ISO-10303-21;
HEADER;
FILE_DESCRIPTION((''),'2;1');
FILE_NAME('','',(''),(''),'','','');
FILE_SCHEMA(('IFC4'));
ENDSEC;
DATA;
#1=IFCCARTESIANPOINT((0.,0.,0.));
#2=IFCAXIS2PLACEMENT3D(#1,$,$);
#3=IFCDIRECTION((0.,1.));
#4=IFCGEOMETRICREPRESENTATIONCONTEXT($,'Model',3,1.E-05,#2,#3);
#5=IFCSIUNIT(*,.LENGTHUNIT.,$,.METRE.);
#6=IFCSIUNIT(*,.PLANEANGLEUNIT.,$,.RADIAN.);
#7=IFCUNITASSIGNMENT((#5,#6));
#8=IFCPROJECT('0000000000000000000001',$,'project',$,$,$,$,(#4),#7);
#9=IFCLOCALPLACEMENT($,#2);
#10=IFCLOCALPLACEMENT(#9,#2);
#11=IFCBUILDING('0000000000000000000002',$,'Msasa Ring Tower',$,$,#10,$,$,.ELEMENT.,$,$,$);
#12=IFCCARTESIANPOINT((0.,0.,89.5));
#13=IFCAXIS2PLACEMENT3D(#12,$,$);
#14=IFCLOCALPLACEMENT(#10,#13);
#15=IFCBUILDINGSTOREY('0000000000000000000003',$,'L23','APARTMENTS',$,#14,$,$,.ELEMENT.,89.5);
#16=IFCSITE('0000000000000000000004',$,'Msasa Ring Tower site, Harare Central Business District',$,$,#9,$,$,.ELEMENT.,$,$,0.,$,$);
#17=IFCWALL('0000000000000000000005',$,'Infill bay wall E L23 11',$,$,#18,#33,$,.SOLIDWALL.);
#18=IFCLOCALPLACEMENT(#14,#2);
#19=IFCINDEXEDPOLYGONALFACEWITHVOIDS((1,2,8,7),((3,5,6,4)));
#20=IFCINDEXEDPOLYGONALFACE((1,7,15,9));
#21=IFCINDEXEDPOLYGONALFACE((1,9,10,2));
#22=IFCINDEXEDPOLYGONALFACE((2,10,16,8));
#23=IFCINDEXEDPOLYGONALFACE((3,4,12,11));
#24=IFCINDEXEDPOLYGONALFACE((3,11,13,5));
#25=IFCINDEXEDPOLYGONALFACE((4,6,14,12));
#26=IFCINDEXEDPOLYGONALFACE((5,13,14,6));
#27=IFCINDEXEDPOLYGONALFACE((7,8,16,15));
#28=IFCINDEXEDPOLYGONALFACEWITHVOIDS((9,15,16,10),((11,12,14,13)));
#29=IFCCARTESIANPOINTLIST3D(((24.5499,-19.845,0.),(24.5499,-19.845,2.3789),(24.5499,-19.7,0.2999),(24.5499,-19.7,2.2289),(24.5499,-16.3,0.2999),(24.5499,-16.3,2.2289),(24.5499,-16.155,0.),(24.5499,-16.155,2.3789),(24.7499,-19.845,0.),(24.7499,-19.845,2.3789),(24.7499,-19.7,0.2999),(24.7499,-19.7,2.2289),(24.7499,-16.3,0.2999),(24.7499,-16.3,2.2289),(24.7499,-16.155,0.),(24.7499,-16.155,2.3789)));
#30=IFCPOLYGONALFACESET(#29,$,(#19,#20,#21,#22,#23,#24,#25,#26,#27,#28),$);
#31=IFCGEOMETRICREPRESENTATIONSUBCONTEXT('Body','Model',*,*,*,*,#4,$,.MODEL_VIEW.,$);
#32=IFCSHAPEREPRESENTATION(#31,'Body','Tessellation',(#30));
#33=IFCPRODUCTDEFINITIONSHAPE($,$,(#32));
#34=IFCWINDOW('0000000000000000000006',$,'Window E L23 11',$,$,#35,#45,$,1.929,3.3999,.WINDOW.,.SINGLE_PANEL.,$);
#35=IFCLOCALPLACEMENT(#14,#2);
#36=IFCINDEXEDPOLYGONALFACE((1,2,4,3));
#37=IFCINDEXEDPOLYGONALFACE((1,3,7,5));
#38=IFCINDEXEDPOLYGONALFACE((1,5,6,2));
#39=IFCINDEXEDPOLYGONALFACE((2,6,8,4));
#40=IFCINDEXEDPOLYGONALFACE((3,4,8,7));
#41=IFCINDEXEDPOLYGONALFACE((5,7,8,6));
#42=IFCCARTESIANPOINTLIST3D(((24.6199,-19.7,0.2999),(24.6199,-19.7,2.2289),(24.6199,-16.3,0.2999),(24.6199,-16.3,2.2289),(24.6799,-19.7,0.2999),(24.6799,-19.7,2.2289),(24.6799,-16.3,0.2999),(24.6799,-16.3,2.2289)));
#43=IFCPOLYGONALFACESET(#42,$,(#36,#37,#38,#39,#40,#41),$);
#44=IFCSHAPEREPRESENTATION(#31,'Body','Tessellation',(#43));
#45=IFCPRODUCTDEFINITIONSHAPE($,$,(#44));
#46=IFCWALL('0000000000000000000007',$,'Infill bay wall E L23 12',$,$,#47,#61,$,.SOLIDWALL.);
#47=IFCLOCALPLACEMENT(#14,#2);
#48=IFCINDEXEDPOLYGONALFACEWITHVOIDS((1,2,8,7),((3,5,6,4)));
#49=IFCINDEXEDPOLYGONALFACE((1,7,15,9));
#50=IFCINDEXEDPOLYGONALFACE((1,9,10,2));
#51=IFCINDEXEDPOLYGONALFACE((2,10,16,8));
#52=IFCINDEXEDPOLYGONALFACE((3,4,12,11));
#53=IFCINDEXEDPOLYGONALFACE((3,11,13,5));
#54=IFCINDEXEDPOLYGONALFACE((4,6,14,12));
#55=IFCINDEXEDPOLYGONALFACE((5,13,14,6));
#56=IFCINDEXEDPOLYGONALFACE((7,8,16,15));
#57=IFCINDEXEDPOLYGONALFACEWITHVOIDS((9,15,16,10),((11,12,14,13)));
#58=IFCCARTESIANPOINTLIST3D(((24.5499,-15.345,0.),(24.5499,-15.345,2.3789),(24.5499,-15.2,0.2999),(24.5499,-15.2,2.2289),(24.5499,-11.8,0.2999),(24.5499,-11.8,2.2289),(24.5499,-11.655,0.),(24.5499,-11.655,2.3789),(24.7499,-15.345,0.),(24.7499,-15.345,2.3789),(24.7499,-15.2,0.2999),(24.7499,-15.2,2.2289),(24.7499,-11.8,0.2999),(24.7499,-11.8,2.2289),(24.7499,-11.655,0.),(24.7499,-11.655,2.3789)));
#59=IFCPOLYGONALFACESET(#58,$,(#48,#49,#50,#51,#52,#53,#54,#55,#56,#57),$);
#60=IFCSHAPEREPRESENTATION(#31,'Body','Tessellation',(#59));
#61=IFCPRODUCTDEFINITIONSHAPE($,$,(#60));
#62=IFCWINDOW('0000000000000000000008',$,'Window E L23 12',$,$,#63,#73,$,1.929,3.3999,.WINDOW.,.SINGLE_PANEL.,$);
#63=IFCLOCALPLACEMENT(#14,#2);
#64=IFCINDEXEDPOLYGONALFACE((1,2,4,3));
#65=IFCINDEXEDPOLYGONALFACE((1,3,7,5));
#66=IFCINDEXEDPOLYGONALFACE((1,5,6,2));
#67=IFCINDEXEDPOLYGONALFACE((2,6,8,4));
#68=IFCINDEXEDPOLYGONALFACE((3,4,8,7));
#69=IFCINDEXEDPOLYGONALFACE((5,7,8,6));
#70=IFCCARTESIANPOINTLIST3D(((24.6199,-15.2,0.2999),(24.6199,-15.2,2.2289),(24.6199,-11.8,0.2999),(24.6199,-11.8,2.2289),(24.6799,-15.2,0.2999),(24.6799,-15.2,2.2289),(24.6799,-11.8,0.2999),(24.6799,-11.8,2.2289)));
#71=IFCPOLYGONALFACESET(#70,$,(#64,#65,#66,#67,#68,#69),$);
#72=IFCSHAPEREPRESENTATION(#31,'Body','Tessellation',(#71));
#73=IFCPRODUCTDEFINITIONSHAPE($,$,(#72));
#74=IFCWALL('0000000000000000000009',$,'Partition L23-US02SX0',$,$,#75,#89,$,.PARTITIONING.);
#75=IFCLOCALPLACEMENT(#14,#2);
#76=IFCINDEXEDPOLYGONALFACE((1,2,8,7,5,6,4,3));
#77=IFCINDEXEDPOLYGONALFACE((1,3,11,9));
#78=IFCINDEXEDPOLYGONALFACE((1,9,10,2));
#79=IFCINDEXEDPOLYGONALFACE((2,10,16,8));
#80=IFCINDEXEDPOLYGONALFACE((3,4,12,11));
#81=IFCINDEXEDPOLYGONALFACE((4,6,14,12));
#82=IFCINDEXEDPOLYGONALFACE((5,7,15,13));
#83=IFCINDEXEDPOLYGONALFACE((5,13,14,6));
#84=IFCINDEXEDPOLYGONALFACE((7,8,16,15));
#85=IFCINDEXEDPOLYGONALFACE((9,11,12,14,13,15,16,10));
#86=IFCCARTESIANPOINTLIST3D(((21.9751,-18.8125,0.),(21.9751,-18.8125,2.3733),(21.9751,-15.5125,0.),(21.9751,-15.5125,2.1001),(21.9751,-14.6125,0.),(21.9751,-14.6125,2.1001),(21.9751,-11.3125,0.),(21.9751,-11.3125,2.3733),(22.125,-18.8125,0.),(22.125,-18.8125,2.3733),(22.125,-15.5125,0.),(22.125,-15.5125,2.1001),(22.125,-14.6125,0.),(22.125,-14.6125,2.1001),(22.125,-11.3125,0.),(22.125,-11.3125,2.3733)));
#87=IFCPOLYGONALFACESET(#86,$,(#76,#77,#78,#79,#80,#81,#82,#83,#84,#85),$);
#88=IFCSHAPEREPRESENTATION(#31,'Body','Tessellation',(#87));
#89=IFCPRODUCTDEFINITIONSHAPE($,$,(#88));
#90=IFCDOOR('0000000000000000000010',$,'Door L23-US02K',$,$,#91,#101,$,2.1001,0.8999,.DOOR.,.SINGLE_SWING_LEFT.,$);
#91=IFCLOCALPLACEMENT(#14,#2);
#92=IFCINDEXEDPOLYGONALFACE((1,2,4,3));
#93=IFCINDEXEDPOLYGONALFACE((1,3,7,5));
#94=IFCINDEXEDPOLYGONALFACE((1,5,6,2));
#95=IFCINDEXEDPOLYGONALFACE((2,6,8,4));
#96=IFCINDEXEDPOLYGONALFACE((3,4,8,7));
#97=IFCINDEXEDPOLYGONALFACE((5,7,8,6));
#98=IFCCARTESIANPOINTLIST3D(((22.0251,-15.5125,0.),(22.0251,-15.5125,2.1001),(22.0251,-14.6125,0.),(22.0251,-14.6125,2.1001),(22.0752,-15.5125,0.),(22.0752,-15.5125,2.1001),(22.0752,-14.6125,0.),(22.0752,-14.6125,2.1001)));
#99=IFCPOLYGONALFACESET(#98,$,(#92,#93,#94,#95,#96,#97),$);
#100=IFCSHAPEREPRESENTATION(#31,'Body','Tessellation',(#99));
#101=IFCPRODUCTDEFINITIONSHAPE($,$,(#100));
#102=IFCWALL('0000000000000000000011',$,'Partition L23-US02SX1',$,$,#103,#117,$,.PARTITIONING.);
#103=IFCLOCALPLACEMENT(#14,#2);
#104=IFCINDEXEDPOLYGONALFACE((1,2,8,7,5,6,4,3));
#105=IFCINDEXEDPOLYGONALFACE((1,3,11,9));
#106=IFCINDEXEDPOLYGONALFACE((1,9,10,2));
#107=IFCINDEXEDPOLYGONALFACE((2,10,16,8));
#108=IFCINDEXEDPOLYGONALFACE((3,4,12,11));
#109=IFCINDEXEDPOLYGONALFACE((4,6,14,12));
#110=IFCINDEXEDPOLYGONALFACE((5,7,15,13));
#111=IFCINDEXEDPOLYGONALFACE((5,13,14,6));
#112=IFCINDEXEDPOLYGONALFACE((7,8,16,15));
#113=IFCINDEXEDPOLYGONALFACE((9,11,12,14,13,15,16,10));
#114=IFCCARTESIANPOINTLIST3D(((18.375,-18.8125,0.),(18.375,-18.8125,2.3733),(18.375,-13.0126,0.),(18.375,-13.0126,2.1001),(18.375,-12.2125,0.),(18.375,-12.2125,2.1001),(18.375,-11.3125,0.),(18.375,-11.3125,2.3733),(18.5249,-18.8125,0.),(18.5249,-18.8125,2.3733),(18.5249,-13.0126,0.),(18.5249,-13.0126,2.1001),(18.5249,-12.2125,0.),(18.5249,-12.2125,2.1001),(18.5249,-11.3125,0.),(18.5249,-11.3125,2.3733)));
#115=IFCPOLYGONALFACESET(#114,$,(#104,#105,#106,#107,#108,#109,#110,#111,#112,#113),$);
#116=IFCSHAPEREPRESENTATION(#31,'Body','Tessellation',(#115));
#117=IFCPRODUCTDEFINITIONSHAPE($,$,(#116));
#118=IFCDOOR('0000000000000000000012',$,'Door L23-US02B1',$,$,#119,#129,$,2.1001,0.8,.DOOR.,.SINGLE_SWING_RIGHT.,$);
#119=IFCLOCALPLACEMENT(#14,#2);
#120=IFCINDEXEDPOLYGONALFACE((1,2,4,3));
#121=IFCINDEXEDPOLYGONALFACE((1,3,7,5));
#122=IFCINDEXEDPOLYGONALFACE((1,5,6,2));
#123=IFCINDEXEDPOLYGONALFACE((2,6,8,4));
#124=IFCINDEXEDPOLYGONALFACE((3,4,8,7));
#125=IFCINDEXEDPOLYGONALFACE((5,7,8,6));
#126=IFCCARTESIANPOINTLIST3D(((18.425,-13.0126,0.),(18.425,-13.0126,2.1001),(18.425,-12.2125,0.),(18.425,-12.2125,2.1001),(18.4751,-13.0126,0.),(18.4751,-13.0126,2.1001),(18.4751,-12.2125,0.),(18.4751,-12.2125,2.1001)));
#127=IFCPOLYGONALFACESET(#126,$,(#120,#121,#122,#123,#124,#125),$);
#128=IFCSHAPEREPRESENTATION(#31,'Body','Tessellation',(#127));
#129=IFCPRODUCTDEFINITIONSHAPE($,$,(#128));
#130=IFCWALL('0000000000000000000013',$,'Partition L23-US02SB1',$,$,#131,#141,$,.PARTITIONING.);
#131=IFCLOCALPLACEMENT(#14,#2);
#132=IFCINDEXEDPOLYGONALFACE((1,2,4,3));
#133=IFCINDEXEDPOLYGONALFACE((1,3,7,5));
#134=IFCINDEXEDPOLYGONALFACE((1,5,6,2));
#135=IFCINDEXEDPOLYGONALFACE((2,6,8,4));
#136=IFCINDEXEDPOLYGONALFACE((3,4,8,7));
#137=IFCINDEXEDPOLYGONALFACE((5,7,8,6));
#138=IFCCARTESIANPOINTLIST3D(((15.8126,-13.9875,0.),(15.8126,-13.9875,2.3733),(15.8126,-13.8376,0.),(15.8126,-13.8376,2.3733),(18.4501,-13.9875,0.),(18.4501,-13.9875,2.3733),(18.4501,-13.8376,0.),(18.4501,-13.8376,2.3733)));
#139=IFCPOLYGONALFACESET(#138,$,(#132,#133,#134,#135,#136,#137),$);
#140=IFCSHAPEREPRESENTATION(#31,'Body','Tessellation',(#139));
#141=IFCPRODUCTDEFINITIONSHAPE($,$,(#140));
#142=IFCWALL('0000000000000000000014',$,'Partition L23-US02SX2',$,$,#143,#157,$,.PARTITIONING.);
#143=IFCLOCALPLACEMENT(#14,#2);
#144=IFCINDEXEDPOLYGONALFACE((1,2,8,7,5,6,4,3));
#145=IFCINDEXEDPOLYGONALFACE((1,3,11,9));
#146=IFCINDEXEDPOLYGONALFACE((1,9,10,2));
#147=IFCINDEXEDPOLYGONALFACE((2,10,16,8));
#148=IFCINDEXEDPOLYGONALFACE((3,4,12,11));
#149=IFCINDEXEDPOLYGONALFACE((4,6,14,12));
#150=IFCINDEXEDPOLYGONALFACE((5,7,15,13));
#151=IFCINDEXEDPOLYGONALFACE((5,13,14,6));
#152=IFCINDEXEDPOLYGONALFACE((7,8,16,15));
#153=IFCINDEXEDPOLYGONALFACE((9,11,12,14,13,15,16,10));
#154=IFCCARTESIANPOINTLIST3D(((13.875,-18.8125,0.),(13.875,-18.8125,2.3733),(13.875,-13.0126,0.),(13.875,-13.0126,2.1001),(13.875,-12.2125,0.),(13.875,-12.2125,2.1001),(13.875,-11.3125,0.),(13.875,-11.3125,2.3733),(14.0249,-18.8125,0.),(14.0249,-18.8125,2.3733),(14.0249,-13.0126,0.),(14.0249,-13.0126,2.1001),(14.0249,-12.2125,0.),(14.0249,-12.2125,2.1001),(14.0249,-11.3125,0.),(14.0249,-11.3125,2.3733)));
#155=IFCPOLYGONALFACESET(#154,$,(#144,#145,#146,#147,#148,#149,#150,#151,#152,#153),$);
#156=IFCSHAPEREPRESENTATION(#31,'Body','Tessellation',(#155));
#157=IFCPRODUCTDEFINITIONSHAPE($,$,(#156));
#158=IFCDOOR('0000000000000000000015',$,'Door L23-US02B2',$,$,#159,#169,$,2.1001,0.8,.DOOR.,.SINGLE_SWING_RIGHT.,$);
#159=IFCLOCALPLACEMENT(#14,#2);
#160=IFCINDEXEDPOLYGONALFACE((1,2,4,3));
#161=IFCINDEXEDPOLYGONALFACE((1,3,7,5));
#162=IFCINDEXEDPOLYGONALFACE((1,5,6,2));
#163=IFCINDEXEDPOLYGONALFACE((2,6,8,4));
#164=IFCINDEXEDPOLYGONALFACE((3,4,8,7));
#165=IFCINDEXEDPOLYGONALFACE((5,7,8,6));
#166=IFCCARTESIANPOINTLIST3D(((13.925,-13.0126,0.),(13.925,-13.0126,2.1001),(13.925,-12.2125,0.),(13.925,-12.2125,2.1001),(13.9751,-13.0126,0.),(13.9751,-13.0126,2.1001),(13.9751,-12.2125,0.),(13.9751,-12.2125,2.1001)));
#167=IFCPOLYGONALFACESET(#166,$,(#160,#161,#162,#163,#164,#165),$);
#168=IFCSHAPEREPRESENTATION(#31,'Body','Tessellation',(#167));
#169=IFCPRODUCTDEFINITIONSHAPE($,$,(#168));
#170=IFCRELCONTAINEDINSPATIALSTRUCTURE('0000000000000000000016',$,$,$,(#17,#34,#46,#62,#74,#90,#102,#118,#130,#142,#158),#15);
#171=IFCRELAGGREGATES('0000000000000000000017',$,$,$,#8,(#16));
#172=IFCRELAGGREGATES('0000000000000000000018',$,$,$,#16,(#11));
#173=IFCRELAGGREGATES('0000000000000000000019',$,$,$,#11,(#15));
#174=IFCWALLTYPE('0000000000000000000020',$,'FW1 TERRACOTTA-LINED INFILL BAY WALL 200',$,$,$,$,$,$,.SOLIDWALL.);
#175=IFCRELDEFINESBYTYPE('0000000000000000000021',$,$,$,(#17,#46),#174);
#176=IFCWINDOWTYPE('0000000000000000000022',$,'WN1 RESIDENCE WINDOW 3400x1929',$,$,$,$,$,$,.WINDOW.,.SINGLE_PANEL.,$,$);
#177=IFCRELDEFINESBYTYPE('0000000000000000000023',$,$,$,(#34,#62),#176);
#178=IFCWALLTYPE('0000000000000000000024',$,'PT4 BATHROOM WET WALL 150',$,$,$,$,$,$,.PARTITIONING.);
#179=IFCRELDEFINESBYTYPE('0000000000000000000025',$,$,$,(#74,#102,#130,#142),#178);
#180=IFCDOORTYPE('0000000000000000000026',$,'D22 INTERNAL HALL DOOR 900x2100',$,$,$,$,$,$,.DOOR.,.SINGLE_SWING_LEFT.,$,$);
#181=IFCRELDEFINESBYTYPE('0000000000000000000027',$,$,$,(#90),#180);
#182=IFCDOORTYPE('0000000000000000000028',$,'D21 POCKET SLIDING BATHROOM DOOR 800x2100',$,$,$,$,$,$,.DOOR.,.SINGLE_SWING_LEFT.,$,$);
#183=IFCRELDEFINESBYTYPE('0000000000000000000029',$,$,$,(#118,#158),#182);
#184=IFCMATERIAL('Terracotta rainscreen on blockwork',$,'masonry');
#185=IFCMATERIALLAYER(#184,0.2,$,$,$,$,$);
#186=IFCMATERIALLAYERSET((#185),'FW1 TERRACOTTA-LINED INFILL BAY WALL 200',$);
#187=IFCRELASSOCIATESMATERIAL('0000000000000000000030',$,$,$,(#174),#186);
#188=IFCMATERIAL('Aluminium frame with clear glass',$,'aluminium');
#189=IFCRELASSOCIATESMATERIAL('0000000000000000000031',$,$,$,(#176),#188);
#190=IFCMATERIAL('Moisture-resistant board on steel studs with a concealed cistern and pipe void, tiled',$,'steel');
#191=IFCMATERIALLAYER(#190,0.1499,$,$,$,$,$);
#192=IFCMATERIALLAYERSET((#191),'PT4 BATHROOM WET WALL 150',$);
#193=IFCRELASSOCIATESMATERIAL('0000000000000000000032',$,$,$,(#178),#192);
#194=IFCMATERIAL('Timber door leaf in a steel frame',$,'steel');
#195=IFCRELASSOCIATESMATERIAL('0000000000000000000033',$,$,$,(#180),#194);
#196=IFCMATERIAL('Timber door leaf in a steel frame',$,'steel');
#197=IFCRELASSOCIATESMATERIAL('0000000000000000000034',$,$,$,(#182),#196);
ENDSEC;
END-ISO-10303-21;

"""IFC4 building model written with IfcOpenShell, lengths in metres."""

from ifc_helpers import new_model, si_unit, direction, frame, frame_2d, origin, place, context, subcontext, project, spatial, rectangle, extrude, material, layer, layer_set, type_object, element, fill, save


model = new_model("IFC4")

# Units and contexts
model_context = context("Model", 3, precision=1e-05, world=origin(), true_north=direction((0.0, 1.0)))
body_context = subcontext(model_context, "Body", "Model", "MODEL_VIEW")
ifc_project = project(units=[si_unit("LENGTHUNIT", "METRE"), si_unit("PLANEANGLEUNIT", "RADIAN")], contexts=[model_context])

# Site, building, storey
site_placement = place(None, origin())
site = spatial("IfcSite", under=ifc_project, at=site_placement, Name="Msasa Ring Tower site, Harare Central Business District", CompositionType="ELEMENT", RefElevation=0.0)
building_placement = place(site_placement, origin())
building = spatial("IfcBuilding", under=site, at=building_placement, Name="Msasa Ring Tower", CompositionType="ELEMENT")
storey_placement = place(building_placement, frame((0.0, 0.0, 89.5)))
storey = spatial("IfcBuildingStorey", under=building, at=storey_placement, Name="L23", Description="APARTMENTS", CompositionType="ELEMENT", Elevation=89.5)

# Walls, openings, windows
ifc_material_1 = material(Name="Terracotta rainscreen on blockwork", Category="masonry")
ifc_layer_1 = layer(ifc_material_1, 0.2)
ifc_layer_set_1 = layer_set([ifc_layer_1], Name="FW1 TERRACOTTA-LINED INFILL BAY WALL 200")
wall_type_1 = type_object("IfcWallType", Name="FW1 TERRACOTTA-LINED INFILL BAY WALL 200", PredefinedType="SOLIDWALL", material=ifc_layer_set_1)
wall_1_placement = place(storey_placement, frame((24.6499, -19.845, 0.0), z_axis=(0.0, 0.0, 1.0), x_axis=(0.0, 1.0, 0.0)))
wall_1 = element("IfcWall", 1, at=wall_1_placement, inside=storey, type_object=wall_type_1, Name="Infill bay wall E L23 11", PredefinedType="SOLIDWALL", context=body_context, shape_type="SweptSolid", body=[
    extrude(rectangle(XDim=3.6899, YDim=0.2, at=frame_2d((1.845, 0.0))), origin(), (0.0, 0.0, 1.0), 2.3789),
])
opening_1_placement = place(wall_1_placement, frame((0.145, 0.0, 0.3)))
opening_1 = element("IfcOpeningElement", 2, at=opening_1_placement, cuts=wall_1, PredefinedType="OPENING", context=body_context, shape_type="SweptSolid", body=[
    extrude(rectangle(XDim=3.3999, YDim=1.929, at=frame_2d((1.7, 0.9644))), frame((0.0, 0.1099, 0.0), z_axis=(0.0, -1.0, 0.0), x_axis=(1.0, 0.0, 0.0)), (0.0, 0.0, 1.0), 0.22),
])
ifc_material_2 = material(Name="Aluminium frame with clear glass", Category="aluminium")
window_type = type_object("IfcWindowType", Name="WN1 RESIDENCE WINDOW 3400x1929", PartitioningType="SINGLE_PANEL", PredefinedType="WINDOW", material=ifc_material_2)
window_1_placement = place(opening_1_placement, origin())
window_1 = element("IfcWindow", 3, at=window_1_placement, inside=storey, type_object=window_type, Name="Window E L23 11", OverallHeight=1.929, OverallWidth=3.3999, PartitioningType="SINGLE_PANEL", PredefinedType="WINDOW", context=body_context, shape_type="SweptSolid", body=[
    extrude(rectangle(XDim=3.3999, YDim=1.929, at=frame_2d((1.7, 0.9644))), frame((0.0, 0.03, 0.0), z_axis=(0.0, -1.0, 0.0), x_axis=(1.0, 0.0, 0.0)), (0.0, 0.0, 1.0), 0.0601),
])
fill(opening_1, window_1)
wall_2_placement = place(storey_placement, frame((24.6499, -15.345, 0.0), z_axis=(0.0, 0.0, 1.0), x_axis=(0.0, 1.0, 0.0)))
wall_2 = element("IfcWall", 4, at=wall_2_placement, inside=storey, type_object=wall_type_1, Name="Infill bay wall E L23 12", PredefinedType="SOLIDWALL", context=body_context, shape_type="SweptSolid", body=[
    extrude(rectangle(XDim=3.6899, YDim=0.2, at=frame_2d((1.845, 0.0))), origin(), (0.0, 0.0, 1.0), 2.3789),
])
opening_2_placement = place(wall_2_placement, frame((0.145, 0.0, 0.3)))
opening_2 = element("IfcOpeningElement", 5, at=opening_2_placement, cuts=wall_2, PredefinedType="OPENING", context=body_context, shape_type="SweptSolid", body=[
    extrude(rectangle(XDim=3.3999, YDim=1.929, at=frame_2d((1.7, 0.9644))), frame((0.0, 0.1099, 0.0), z_axis=(0.0, -1.0, 0.0), x_axis=(1.0, 0.0, 0.0)), (0.0, 0.0, 1.0), 0.22),
])
window_2_placement = place(opening_2_placement, origin())
window_2 = element("IfcWindow", 6, at=window_2_placement, inside=storey, type_object=window_type, Name="Window E L23 12", OverallHeight=1.929, OverallWidth=3.3999, PartitioningType="SINGLE_PANEL", PredefinedType="WINDOW", context=body_context, shape_type="SweptSolid", body=[
    extrude(rectangle(XDim=3.3999, YDim=1.929, at=frame_2d((1.7, 0.9644))), frame((0.0, 0.03, 0.0), z_axis=(0.0, -1.0, 0.0), x_axis=(1.0, 0.0, 0.0)), (0.0, 0.0, 1.0), 0.0601),
])
fill(opening_2, window_2)

# Walls, openings, doors
ifc_material_3 = material(Name="Moisture-resistant board on steel studs with a concealed cistern and pipe void, tiled", Category="steel")
ifc_layer_2 = layer(ifc_material_3, 0.1499)
ifc_layer_set_2 = layer_set([ifc_layer_2], Name="PT4 BATHROOM WET WALL 150")
wall_type_2 = type_object("IfcWallType", Name="PT4 BATHROOM WET WALL 150", PredefinedType="PARTITIONING", material=ifc_layer_set_2)
wall_3_placement = place(storey_placement, frame((22.05, -18.8125, 0.0), z_axis=(0.0, 0.0, 1.0), x_axis=(0.0, 1.0, 0.0)))
wall_3 = element("IfcWall", 7, at=wall_3_placement, inside=storey, type_object=wall_type_2, Name="Partition L23-US02SX0", PredefinedType="PARTITIONING", context=body_context, shape_type="SweptSolid", body=[
    extrude(rectangle(XDim=7.5, YDim=0.1499, at=frame_2d((3.75, 0.0))), origin(), (0.0, 0.0, 1.0), 2.3733),
])
opening_3_placement = place(wall_3_placement, frame((3.3, 0.0, 0.0)))
opening_3 = element("IfcOpeningElement", 8, at=opening_3_placement, cuts=wall_3, PredefinedType="OPENING", context=body_context, shape_type="SweptSolid", body=[
    extrude(rectangle(XDim=0.8999, YDim=2.1001, at=frame_2d((0.45, 1.05))), frame((0.0, 0.085, 0.0), z_axis=(0.0, -1.0, 0.0), x_axis=(1.0, 0.0, 0.0)), (0.0, 0.0, 1.0), 0.1699),
])
ifc_material_4 = material(Name="Timber door leaf in a steel frame", Category="steel")
door_type_1 = type_object("IfcDoorType", Name="D22 INTERNAL HALL DOOR 900x2100", OperationType="SINGLE_SWING_LEFT", PredefinedType="DOOR", material=ifc_material_4)
door_1_placement = place(opening_3_placement, origin())
door_1 = element("IfcDoor", 9, at=door_1_placement, inside=storey, type_object=door_type_1, Name="Door L23-US02K", OperationType="SINGLE_SWING_LEFT", OverallHeight=2.1001, OverallWidth=0.8999, PredefinedType="DOOR", context=body_context, shape_type="SweptSolid", body=[
    extrude(rectangle(XDim=0.8999, YDim=2.1001, at=frame_2d((0.45, 1.05))), frame((0.0, 0.0249, 0.0), z_axis=(0.0, -1.0, 0.0), x_axis=(1.0, 0.0, 0.0)), (0.0, 0.0, 1.0), 0.05),
])
fill(opening_3, door_1)
wall_4_placement = place(storey_placement, frame((18.45, -18.8125, 0.0), z_axis=(0.0, 0.0, 1.0), x_axis=(0.0, 1.0, 0.0)))
wall_4 = element("IfcWall", 10, at=wall_4_placement, inside=storey, type_object=wall_type_2, Name="Partition L23-US02SX1", PredefinedType="PARTITIONING", context=body_context, shape_type="SweptSolid", body=[
    extrude(rectangle(XDim=7.5, YDim=0.1499, at=frame_2d((3.75, 0.0))), origin(), (0.0, 0.0, 1.0), 2.3733),
])
opening_4_placement = place(wall_4_placement, frame((5.8, 0.0, 0.0)))
opening_4 = element("IfcOpeningElement", 11, at=opening_4_placement, cuts=wall_4, PredefinedType="OPENING", context=body_context, shape_type="SweptSolid", body=[
    extrude(rectangle(XDim=0.8, YDim=2.1001, at=frame_2d((0.3999, 1.05))), frame((0.0, 0.085, 0.0), z_axis=(0.0, -1.0, 0.0), x_axis=(1.0, 0.0, 0.0)), (0.0, 0.0, 1.0), 0.1699),
])
ifc_material_5 = material(Name="Timber door leaf in a steel frame", Category="steel")
door_type_2 = type_object("IfcDoorType", Name="D21 POCKET SLIDING BATHROOM DOOR 800x2100", OperationType="SINGLE_SWING_LEFT", PredefinedType="DOOR", material=ifc_material_5)
door_2_placement = place(opening_4_placement, origin())
door_2 = element("IfcDoor", 12, at=door_2_placement, inside=storey, type_object=door_type_2, Name="Door L23-US02B1", OperationType="SINGLE_SWING_RIGHT", OverallHeight=2.1001, OverallWidth=0.8, PredefinedType="DOOR", context=body_context, shape_type="SweptSolid", body=[
    extrude(rectangle(XDim=0.8, YDim=2.1001, at=frame_2d((0.3999, 1.05))), frame((0.0, 0.0249, 0.0), z_axis=(0.0, -1.0, 0.0), x_axis=(1.0, 0.0, 0.0)), (0.0, 0.0, 1.0), 0.05),
])
fill(opening_4, door_2)

# Wall
wall_5_placement = place(storey_placement, frame((15.8125, -13.9126, 0.0), z_axis=(0.0, 0.0, 1.0), x_axis=(1.0, 0.0, 0.0)))
element("IfcWall", 13, at=wall_5_placement, inside=storey, type_object=wall_type_2, Name="Partition L23-US02SB1", PredefinedType="PARTITIONING", context=body_context, shape_type="SweptSolid", body=[
    extrude(rectangle(XDim=2.6375, YDim=0.1499, at=frame_2d((1.3188, 0.0))), origin(), (0.0, 0.0, 1.0), 2.3733),
])

# Wall, opening, door
wall_6_placement = place(storey_placement, frame((13.95, -18.8125, 0.0), z_axis=(0.0, 0.0, 1.0), x_axis=(0.0, 1.0, 0.0)))
wall_6 = element("IfcWall", 14, at=wall_6_placement, inside=storey, type_object=wall_type_2, Name="Partition L23-US02SX2", PredefinedType="PARTITIONING", context=body_context, shape_type="SweptSolid", body=[
    extrude(rectangle(XDim=7.5, YDim=0.1499, at=frame_2d((3.75, 0.0))), origin(), (0.0, 0.0, 1.0), 2.3733),
])
opening_5_placement = place(wall_6_placement, frame((5.8, 0.0, 0.0)))
opening_5 = element("IfcOpeningElement", 15, at=opening_5_placement, cuts=wall_6, PredefinedType="OPENING", context=body_context, shape_type="SweptSolid", body=[
    extrude(rectangle(XDim=0.8, YDim=2.1001, at=frame_2d((0.3999, 1.05))), frame((0.0, 0.085, 0.0), z_axis=(0.0, -1.0, 0.0), x_axis=(1.0, 0.0, 0.0)), (0.0, 0.0, 1.0), 0.1699),
])
door_3_placement = place(opening_5_placement, origin())
door_3 = element("IfcDoor", 16, at=door_3_placement, inside=storey, type_object=door_type_2, Name="Door L23-US02B2", OperationType="SINGLE_SWING_RIGHT", OverallHeight=2.1001, OverallWidth=0.8, PredefinedType="DOOR", context=body_context, shape_type="SweptSolid", body=[
    extrude(rectangle(XDim=0.8, YDim=2.1001, at=frame_2d((0.3999, 1.05))), frame((0.0, 0.0249, 0.0), z_axis=(0.0, -1.0, 0.0), x_axis=(1.0, 0.0, 0.0)), (0.0, 0.0, 1.0), 0.05),
])
fill(opening_5, door_3)

save(model, "model.ifc")
